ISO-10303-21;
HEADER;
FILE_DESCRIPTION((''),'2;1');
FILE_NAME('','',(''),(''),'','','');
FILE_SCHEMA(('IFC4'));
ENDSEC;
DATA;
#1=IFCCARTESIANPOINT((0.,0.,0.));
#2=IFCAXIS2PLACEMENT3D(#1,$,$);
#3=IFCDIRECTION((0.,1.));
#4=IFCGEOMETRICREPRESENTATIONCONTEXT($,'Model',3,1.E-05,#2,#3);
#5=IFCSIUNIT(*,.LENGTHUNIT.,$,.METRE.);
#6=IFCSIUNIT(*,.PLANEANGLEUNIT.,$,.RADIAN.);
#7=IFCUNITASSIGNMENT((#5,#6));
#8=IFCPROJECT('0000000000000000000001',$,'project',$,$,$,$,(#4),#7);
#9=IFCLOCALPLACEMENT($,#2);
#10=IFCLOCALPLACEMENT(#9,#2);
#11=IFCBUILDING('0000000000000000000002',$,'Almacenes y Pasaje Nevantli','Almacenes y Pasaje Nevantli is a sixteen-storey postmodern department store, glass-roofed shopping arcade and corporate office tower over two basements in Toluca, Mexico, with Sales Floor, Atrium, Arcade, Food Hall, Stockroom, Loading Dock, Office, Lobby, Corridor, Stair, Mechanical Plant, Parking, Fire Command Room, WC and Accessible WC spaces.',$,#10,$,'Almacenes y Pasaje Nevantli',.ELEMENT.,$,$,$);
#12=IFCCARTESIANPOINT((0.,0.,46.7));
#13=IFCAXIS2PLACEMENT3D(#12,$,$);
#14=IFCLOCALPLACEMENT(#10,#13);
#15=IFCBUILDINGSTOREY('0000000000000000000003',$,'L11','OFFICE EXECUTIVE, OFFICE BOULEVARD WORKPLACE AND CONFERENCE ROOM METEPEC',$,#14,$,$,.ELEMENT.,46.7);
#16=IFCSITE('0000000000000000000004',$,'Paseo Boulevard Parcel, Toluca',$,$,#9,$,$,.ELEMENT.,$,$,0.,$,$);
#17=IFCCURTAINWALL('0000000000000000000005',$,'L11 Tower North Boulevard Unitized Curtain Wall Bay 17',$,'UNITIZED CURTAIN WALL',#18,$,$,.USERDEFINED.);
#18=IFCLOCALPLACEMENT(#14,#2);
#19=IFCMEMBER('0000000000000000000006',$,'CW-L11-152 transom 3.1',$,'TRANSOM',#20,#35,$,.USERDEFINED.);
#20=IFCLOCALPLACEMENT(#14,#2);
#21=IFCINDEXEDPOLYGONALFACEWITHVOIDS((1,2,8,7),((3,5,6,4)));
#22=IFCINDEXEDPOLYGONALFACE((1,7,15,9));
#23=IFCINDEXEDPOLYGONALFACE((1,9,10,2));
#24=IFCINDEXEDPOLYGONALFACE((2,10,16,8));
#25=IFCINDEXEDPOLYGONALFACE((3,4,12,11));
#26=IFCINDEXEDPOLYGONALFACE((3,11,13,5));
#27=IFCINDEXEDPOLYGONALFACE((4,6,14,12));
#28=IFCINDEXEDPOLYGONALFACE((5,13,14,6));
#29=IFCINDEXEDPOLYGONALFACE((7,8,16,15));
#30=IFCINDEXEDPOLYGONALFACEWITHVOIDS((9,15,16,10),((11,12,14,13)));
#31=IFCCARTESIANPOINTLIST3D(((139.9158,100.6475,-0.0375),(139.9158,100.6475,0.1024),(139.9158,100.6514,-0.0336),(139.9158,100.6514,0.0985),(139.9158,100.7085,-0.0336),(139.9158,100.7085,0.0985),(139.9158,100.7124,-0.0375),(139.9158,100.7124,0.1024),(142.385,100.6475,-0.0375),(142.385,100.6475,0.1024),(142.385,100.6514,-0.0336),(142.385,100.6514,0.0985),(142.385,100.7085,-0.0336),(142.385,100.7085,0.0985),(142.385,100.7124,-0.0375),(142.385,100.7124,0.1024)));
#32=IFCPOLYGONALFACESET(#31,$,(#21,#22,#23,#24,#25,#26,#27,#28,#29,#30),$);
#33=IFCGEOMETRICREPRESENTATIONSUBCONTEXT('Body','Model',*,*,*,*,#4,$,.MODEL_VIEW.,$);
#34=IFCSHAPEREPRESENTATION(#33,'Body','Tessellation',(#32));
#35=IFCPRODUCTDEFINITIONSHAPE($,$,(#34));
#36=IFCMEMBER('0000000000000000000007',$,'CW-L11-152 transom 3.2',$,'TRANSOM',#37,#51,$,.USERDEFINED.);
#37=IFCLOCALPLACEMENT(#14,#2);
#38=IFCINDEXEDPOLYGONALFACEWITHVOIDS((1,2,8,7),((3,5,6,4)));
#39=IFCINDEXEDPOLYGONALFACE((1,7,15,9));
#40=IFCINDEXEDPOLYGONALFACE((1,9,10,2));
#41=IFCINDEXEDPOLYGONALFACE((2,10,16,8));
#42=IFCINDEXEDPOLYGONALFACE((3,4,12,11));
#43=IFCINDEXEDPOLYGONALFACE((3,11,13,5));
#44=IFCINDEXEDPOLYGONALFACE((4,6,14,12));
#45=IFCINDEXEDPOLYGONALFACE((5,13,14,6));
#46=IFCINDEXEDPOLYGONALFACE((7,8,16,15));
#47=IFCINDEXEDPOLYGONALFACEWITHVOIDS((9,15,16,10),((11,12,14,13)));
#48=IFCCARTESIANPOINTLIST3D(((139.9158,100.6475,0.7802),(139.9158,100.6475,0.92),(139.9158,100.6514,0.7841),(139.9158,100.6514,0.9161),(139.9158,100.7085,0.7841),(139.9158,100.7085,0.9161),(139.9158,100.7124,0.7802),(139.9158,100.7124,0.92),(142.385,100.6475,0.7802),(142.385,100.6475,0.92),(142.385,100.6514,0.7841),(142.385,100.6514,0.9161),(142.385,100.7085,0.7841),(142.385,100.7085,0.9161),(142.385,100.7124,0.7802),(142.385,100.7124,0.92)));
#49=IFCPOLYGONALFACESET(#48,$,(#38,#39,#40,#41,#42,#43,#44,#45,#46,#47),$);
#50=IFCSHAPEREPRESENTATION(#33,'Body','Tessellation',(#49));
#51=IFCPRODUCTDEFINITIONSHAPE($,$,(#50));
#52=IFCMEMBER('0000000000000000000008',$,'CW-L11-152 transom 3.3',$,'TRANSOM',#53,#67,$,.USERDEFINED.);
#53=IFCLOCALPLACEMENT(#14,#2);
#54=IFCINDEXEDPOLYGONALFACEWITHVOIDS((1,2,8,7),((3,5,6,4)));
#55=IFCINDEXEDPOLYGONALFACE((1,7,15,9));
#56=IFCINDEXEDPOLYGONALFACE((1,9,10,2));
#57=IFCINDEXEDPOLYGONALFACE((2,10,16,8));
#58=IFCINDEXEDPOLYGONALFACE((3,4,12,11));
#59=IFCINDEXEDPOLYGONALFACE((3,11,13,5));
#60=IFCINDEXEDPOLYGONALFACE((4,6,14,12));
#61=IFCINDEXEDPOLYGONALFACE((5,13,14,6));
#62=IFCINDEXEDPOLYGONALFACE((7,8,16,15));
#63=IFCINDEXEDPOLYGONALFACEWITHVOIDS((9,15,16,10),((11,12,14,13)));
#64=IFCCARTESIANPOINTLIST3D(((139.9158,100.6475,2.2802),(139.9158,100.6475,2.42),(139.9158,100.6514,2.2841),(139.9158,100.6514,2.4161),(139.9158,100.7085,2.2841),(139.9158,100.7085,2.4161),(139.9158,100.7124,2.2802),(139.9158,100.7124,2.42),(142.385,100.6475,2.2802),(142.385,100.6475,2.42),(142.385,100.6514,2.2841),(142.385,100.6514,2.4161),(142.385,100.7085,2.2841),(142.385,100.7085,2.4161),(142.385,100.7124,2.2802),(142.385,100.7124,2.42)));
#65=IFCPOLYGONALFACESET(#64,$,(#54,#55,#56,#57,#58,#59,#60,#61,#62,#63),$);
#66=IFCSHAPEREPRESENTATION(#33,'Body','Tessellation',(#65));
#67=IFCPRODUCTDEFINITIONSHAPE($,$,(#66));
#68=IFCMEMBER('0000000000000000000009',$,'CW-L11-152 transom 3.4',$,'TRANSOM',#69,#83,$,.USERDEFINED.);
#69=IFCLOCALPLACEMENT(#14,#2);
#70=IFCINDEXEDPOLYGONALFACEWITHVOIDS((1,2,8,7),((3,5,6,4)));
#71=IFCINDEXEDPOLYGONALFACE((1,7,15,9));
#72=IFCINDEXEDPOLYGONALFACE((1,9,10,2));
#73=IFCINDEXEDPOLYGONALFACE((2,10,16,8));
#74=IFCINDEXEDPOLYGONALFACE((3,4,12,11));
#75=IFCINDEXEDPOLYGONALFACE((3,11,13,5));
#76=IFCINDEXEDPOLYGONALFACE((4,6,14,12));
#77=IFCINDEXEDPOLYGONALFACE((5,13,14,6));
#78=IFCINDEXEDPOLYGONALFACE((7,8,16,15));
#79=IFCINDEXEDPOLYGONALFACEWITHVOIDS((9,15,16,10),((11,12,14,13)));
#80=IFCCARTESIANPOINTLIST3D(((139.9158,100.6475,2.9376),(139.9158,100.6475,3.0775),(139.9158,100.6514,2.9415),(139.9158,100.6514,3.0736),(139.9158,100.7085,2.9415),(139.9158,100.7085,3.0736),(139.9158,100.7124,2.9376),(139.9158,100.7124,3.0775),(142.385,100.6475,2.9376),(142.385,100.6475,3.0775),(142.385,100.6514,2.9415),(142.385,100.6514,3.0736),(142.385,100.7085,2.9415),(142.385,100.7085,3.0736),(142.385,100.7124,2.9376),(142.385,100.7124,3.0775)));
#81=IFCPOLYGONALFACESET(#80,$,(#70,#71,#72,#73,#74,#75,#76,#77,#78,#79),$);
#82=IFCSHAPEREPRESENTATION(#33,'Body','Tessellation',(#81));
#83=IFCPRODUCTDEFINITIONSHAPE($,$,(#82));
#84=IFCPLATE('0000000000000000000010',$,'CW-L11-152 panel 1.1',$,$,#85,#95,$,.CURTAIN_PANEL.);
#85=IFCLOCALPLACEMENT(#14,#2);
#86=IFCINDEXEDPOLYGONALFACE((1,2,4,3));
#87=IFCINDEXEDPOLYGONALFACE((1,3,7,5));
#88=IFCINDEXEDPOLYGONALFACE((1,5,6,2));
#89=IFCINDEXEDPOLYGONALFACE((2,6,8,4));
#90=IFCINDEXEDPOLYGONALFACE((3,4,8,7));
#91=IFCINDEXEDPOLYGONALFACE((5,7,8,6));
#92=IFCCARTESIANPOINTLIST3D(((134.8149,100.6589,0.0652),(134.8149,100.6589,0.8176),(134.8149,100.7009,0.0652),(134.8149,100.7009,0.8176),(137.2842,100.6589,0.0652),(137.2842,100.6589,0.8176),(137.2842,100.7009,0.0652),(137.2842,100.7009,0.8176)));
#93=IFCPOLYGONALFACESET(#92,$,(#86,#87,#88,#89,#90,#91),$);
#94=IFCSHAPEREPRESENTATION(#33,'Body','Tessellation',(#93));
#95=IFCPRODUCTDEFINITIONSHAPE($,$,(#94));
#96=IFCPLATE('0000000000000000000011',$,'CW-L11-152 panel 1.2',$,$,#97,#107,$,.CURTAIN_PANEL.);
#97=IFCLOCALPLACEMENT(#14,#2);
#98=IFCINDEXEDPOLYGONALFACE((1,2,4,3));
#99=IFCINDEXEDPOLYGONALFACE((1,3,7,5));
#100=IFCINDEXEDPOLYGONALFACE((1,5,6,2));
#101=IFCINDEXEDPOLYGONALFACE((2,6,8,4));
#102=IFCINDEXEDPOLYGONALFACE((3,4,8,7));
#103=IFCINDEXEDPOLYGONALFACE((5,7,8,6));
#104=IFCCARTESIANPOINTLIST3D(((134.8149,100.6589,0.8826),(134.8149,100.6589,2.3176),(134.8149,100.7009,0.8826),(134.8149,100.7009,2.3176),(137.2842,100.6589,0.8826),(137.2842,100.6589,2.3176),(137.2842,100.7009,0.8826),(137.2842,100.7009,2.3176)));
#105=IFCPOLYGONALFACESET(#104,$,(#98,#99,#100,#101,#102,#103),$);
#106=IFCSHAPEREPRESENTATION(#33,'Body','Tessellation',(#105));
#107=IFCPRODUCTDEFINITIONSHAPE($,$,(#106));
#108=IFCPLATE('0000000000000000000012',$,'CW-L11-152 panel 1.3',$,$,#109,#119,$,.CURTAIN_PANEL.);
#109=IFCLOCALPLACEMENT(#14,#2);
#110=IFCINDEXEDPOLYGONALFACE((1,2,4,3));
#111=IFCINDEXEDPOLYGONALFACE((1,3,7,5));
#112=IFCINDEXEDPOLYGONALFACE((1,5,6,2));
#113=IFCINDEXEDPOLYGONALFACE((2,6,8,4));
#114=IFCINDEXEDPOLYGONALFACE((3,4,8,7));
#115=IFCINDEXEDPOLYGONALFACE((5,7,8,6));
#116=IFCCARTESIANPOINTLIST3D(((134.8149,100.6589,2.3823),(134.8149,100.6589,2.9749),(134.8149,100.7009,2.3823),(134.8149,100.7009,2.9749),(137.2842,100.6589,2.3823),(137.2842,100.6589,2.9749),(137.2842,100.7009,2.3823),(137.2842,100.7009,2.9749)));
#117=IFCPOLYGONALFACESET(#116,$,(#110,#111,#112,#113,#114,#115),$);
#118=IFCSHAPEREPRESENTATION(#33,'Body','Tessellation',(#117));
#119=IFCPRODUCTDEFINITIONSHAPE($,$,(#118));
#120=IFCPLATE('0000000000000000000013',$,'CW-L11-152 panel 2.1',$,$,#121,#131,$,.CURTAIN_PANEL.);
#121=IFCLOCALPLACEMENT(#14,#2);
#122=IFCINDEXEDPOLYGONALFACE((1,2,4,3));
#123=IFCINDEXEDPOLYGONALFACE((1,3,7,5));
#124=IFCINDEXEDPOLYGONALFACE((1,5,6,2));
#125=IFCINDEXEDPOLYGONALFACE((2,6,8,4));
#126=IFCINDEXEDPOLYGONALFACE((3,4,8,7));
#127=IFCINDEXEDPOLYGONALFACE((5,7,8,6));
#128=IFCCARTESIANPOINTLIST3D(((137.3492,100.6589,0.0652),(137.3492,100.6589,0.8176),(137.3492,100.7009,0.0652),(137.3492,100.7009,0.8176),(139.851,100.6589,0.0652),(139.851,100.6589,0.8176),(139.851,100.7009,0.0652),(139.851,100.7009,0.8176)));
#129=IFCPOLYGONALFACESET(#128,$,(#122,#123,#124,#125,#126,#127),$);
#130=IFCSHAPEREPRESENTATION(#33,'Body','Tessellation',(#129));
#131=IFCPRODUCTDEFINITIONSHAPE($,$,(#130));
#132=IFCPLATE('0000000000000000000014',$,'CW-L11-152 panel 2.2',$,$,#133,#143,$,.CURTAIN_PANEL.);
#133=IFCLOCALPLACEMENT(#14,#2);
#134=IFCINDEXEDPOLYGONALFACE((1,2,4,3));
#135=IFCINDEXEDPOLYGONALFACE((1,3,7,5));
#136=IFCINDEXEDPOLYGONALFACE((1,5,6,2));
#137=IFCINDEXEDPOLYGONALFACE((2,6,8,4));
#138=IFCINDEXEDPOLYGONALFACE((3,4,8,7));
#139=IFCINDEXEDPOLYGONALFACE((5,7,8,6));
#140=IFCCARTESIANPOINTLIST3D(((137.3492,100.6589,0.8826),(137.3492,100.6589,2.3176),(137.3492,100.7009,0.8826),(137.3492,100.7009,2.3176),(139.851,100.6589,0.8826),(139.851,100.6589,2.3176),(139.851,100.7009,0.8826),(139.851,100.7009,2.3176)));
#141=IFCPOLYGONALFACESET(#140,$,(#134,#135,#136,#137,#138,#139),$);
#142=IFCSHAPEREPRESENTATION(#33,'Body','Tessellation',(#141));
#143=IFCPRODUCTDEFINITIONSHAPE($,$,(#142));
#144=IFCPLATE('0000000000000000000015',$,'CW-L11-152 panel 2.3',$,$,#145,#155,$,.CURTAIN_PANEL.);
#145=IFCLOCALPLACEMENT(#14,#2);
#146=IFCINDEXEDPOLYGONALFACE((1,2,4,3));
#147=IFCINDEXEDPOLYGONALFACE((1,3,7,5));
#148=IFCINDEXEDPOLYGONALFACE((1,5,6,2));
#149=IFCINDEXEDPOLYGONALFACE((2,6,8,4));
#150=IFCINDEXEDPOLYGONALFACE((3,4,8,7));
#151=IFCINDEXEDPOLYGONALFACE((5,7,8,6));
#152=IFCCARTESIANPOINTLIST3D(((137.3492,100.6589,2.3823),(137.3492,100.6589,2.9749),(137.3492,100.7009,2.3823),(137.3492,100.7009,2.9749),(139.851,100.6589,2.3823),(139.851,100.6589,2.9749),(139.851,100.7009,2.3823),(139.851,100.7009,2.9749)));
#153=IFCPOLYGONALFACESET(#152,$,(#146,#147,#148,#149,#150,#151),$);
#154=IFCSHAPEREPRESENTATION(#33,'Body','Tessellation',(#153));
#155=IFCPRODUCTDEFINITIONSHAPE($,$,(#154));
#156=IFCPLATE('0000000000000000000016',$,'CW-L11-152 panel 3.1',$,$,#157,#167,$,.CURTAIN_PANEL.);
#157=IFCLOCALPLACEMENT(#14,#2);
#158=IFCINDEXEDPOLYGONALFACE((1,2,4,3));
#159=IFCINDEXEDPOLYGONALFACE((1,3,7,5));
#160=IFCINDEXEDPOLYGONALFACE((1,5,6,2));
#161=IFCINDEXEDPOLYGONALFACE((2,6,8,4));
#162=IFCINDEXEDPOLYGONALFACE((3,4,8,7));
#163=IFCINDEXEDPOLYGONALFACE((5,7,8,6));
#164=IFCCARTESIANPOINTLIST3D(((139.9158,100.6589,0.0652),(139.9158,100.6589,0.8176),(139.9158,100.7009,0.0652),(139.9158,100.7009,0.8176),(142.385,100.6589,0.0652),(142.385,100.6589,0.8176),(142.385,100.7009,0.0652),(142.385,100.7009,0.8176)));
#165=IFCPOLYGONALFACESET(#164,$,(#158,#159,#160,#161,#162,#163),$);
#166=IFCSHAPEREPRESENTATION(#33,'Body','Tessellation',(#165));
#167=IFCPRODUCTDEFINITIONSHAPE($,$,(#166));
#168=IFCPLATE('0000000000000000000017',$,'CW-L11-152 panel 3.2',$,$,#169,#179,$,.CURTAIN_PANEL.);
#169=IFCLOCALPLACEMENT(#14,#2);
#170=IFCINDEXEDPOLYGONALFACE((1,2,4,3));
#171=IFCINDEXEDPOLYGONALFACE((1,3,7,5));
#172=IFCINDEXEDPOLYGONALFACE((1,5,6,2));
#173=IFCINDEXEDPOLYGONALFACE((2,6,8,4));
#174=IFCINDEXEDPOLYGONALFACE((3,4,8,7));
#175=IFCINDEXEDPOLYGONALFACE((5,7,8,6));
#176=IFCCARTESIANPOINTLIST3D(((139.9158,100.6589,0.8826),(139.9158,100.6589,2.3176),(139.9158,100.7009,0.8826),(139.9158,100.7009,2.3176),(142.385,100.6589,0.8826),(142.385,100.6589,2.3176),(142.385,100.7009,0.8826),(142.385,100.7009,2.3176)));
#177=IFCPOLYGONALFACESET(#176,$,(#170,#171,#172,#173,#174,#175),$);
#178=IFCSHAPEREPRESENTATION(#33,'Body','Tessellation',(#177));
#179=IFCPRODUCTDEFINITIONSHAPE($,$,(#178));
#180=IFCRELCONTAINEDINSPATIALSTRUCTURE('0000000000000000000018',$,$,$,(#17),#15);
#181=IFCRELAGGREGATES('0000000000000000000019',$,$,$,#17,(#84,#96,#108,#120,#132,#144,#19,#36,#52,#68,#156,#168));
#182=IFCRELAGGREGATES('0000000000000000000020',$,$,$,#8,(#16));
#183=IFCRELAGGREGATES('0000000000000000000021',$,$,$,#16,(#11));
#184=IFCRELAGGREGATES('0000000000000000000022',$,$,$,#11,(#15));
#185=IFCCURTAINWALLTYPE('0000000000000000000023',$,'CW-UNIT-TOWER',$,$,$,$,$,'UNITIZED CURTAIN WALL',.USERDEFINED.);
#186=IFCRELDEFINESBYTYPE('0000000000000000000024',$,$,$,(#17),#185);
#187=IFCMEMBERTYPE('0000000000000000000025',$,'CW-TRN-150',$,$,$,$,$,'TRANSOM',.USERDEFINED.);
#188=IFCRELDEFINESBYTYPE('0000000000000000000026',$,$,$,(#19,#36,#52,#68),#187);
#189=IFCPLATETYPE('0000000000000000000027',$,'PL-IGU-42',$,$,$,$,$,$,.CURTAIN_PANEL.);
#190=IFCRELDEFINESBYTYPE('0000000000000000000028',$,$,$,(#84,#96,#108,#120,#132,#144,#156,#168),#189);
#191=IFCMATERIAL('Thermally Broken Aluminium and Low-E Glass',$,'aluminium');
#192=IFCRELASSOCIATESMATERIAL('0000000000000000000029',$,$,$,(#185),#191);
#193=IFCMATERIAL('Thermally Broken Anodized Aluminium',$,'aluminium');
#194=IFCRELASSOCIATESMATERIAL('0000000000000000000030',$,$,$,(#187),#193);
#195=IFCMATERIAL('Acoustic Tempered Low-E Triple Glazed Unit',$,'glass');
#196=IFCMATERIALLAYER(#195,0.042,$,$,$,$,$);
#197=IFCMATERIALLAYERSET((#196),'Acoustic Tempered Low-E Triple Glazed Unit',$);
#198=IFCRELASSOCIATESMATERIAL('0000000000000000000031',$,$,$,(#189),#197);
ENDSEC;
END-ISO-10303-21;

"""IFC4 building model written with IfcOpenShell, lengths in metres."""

from ifc_helpers import new_model, si_unit, direction, frame, origin, origin_2d, place, context, subcontext, project, spatial, rectangle, hollow_rectangle, extrude, material, layer, layer_set, material_profile, profile_set, type_object, element, aggregate, save


model = new_model("IFC4")

# Units and contexts
model_context = context("Model", 3, precision=1e-05, world=origin(), true_north=direction((0.0, 1.0)))
body_context = subcontext(model_context, "Body", "Model", "MODEL_VIEW")
ifc_project = project(units=[si_unit("LENGTHUNIT", "METRE"), si_unit("PLANEANGLEUNIT", "RADIAN")], contexts=[model_context])

# Site, building, storey
site_placement = place(None, origin())
site = spatial("IfcSite", under=ifc_project, at=site_placement, Name="Paseo Boulevard Parcel, Toluca", CompositionType="ELEMENT", RefElevation=0.0)
building_placement = place(site_placement, origin())
building = spatial("IfcBuilding", under=site, at=building_placement, Name="Almacenes y Pasaje Nevantli", Description="Almacenes y Pasaje Nevantli is a sixteen-storey postmodern department store, glass-roofed shopping arcade and corporate office tower over two basements in Toluca, Mexico, with Sales Floor, Atrium, Arcade, Food Hall, Stockroom, Loading Dock, Office, Lobby, Corridor, Stair, Mechanical Plant, Parking, Fire Command Room, WC and Accessible WC spaces.", LongName="Almacenes y Pasaje Nevantli", CompositionType="ELEMENT")
storey_placement = place(building_placement, frame((0.0, 0.0, 46.7)))
storey = spatial("IfcBuildingStorey", under=building, at=storey_placement, Name="L11", Description="OFFICE EXECUTIVE, OFFICE BOULEVARD WORKPLACE AND CONFERENCE ROOM METEPEC", CompositionType="ELEMENT", Elevation=46.7)

# Curtain wall, members, plates
ifc_material_1 = material(Name="Thermally Broken Aluminium and Low-E Glass", Category="aluminium")
curtain_wall_type = type_object("IfcCurtainWallType", Name="CW-UNIT-TOWER", ElementType="UNITIZED CURTAIN WALL", PredefinedType="USERDEFINED", material=ifc_material_1)
curtain_wall_placement = place(storey_placement, origin())
curtain_wall = element("IfcCurtainWall", 1, at=curtain_wall_placement, inside=storey, type_object=curtain_wall_type, Name="L11 Tower North Boulevard Unitized Curtain Wall Bay 17", ObjectType="UNITIZED CURTAIN WALL", PredefinedType="USERDEFINED")
ifc_material_2 = material(Name="Thermally Broken Anodized Aluminium", Category="aluminium")
ifc_material_profile_1 = material_profile(ifc_material_2, hollow_rectangle(XDim=0.0649, YDim=0.1399, WallThickness=0.0039, at=origin_2d()), Name="ALU-TRN-65x140")
ifc_profile_set_1 = profile_set([ifc_material_profile_1], Name="Thermally Broken Anodized Aluminium")
member_type_1 = type_object("IfcMemberType", Name="CW-TRN-150", ElementType="TRANSOM", PredefinedType="USERDEFINED", material=ifc_profile_set_1)
member_1_placement = place(storey_placement, frame((139.9158, 100.6799, 0.0325), z_axis=(1.0, 0.0, 0.0), x_axis=(0.0, 1.0, 0.0)))
member_1 = element("IfcMember", 2, at=member_1_placement, type_object=member_type_1, Name="CW-L11-152 transom 3.1", ObjectType="TRANSOM", PredefinedType="USERDEFINED", context=body_context, shape_type="SweptSolid", body=[
    extrude(hollow_rectangle(XDim=0.0649, YDim=0.1399, WallThickness=0.0039, at=origin_2d()), origin(), (0.0, 0.0, 1.0), 2.4692),
])
member_2_placement = place(storey_placement, frame((139.9158, 100.6799, 0.8501), z_axis=(1.0, 0.0, 0.0), x_axis=(0.0, 1.0, 0.0)))
member_2 = element("IfcMember", 3, at=member_2_placement, type_object=member_type_1, Name="CW-L11-152 transom 3.2", ObjectType="TRANSOM", PredefinedType="USERDEFINED", context=body_context, shape_type="SweptSolid", body=[
    extrude(hollow_rectangle(XDim=0.0649, YDim=0.1399, WallThickness=0.0039, at=origin_2d()), origin(), (0.0, 0.0, 1.0), 2.4692),
])
member_3_placement = place(storey_placement, frame((139.9158, 100.6799, 2.3501), z_axis=(1.0, 0.0, 0.0), x_axis=(0.0, 1.0, 0.0)))
member_3 = element("IfcMember", 4, at=member_3_placement, type_object=member_type_1, Name="CW-L11-152 transom 3.3", ObjectType="TRANSOM", PredefinedType="USERDEFINED", context=body_context, shape_type="SweptSolid", body=[
    extrude(hollow_rectangle(XDim=0.0649, YDim=0.1399, WallThickness=0.0039, at=origin_2d()), origin(), (0.0, 0.0, 1.0), 2.4692),
])
member_4_placement = place(storey_placement, frame((139.9158, 100.6799, 3.0076), z_axis=(1.0, 0.0, 0.0), x_axis=(0.0, 1.0, 0.0)))
member_4 = element("IfcMember", 5, at=member_4_placement, type_object=member_type_1, Name="CW-L11-152 transom 3.4", ObjectType="TRANSOM", PredefinedType="USERDEFINED", context=body_context, shape_type="SweptSolid", body=[
    extrude(hollow_rectangle(XDim=0.0649, YDim=0.1399, WallThickness=0.0039, at=origin_2d()), origin(), (0.0, 0.0, 1.0), 2.4692),
])
ifc_material_3 = material(Name="Acoustic Tempered Low-E Triple Glazed Unit", Category="glass")
ifc_layer_1 = layer(ifc_material_3, 0.042)
ifc_layer_set_1 = layer_set([ifc_layer_1], Name="Acoustic Tempered Low-E Triple Glazed Unit")
plate_type = type_object("IfcPlateType", Name="PL-IGU-42", PredefinedType="CURTAIN_PANEL", material=ifc_layer_set_1)
plate_1_placement = place(storey_placement, frame((136.0496, 100.6799, 0.0652), z_axis=(0.0, 0.0, 1.0), x_axis=(1.0, 0.0, 0.0)))
plate_1 = element("IfcPlate", 6, at=plate_1_placement, type_object=plate_type, Name="CW-L11-152 panel 1.1", PredefinedType="CURTAIN_PANEL", context=body_context, shape_type="SweptSolid", body=[
    extrude(rectangle(XDim=2.4692, YDim=0.042, at=origin_2d()), origin(), (0.0, 0.0, 1.0), 0.7524),
])
plate_2_placement = place(storey_placement, frame((136.0496, 100.6799, 0.8826), z_axis=(0.0, 0.0, 1.0), x_axis=(1.0, 0.0, 0.0)))
plate_2 = element("IfcPlate", 7, at=plate_2_placement, type_object=plate_type, Name="CW-L11-152 panel 1.2", PredefinedType="CURTAIN_PANEL", context=body_context, shape_type="SweptSolid", body=[
    extrude(rectangle(XDim=2.4692, YDim=0.042, at=origin_2d()), origin(), (0.0, 0.0, 1.0), 1.4351),
])
plate_3_placement = place(storey_placement, frame((136.0496, 100.6799, 2.3823), z_axis=(0.0, 0.0, 1.0), x_axis=(1.0, 0.0, 0.0)))
plate_3 = element("IfcPlate", 8, at=plate_3_placement, type_object=plate_type, Name="CW-L11-152 panel 1.3", PredefinedType="CURTAIN_PANEL", context=body_context, shape_type="SweptSolid", body=[
    extrude(rectangle(XDim=2.4692, YDim=0.042, at=origin_2d()), origin(), (0.0, 0.0, 1.0), 0.5925),
])
plate_4_placement = place(storey_placement, frame((138.6001, 100.6799, 0.0652), z_axis=(0.0, 0.0, 1.0), x_axis=(1.0, 0.0, 0.0)))
plate_4 = element("IfcPlate", 9, at=plate_4_placement, type_object=plate_type, Name="CW-L11-152 panel 2.1", PredefinedType="CURTAIN_PANEL", context=body_context, shape_type="SweptSolid", body=[
    extrude(rectangle(XDim=2.5017, YDim=0.042, at=origin_2d()), origin(), (0.0, 0.0, 1.0), 0.7524),
])
plate_5_placement = place(storey_placement, frame((138.6001, 100.6799, 0.8826), z_axis=(0.0, 0.0, 1.0), x_axis=(1.0, 0.0, 0.0)))
plate_5 = element("IfcPlate", 10, at=plate_5_placement, type_object=plate_type, Name="CW-L11-152 panel 2.2", PredefinedType="CURTAIN_PANEL", context=body_context, shape_type="SweptSolid", body=[
    extrude(rectangle(XDim=2.5017, YDim=0.042, at=origin_2d()), origin(), (0.0, 0.0, 1.0), 1.4351),
])
plate_6_placement = place(storey_placement, frame((138.6001, 100.6799, 2.3823), z_axis=(0.0, 0.0, 1.0), x_axis=(1.0, 0.0, 0.0)))
plate_6 = element("IfcPlate", 11, at=plate_6_placement, type_object=plate_type, Name="CW-L11-152 panel 2.3", PredefinedType="CURTAIN_PANEL", context=body_context, shape_type="SweptSolid", body=[
    extrude(rectangle(XDim=2.5017, YDim=0.042, at=origin_2d()), origin(), (0.0, 0.0, 1.0), 0.5925),
])
plate_7_placement = place(storey_placement, frame((141.1504, 100.6799, 0.0652), z_axis=(0.0, 0.0, 1.0), x_axis=(1.0, 0.0, 0.0)))
plate_7 = element("IfcPlate", 12, at=plate_7_placement, type_object=plate_type, Name="CW-L11-152 panel 3.1", PredefinedType="CURTAIN_PANEL", context=body_context, shape_type="SweptSolid", body=[
    extrude(rectangle(XDim=2.4692, YDim=0.042, at=origin_2d()), origin(), (0.0, 0.0, 1.0), 0.7524),
])
plate_8_placement = place(storey_placement, frame((141.1504, 100.6799, 0.8826), z_axis=(0.0, 0.0, 1.0), x_axis=(1.0, 0.0, 0.0)))
plate_8 = element("IfcPlate", 13, at=plate_8_placement, type_object=plate_type, Name="CW-L11-152 panel 3.2", PredefinedType="CURTAIN_PANEL", context=body_context, shape_type="SweptSolid", body=[
    extrude(rectangle(XDim=2.4692, YDim=0.042, at=origin_2d()), origin(), (0.0, 0.0, 1.0), 1.4351),
])
aggregate(curtain_wall, [plate_1, plate_2, plate_3, plate_4, plate_5, plate_6, member_1, member_2, member_3, member_4, plate_7, plate_8])

save(model, "model.ifc")
